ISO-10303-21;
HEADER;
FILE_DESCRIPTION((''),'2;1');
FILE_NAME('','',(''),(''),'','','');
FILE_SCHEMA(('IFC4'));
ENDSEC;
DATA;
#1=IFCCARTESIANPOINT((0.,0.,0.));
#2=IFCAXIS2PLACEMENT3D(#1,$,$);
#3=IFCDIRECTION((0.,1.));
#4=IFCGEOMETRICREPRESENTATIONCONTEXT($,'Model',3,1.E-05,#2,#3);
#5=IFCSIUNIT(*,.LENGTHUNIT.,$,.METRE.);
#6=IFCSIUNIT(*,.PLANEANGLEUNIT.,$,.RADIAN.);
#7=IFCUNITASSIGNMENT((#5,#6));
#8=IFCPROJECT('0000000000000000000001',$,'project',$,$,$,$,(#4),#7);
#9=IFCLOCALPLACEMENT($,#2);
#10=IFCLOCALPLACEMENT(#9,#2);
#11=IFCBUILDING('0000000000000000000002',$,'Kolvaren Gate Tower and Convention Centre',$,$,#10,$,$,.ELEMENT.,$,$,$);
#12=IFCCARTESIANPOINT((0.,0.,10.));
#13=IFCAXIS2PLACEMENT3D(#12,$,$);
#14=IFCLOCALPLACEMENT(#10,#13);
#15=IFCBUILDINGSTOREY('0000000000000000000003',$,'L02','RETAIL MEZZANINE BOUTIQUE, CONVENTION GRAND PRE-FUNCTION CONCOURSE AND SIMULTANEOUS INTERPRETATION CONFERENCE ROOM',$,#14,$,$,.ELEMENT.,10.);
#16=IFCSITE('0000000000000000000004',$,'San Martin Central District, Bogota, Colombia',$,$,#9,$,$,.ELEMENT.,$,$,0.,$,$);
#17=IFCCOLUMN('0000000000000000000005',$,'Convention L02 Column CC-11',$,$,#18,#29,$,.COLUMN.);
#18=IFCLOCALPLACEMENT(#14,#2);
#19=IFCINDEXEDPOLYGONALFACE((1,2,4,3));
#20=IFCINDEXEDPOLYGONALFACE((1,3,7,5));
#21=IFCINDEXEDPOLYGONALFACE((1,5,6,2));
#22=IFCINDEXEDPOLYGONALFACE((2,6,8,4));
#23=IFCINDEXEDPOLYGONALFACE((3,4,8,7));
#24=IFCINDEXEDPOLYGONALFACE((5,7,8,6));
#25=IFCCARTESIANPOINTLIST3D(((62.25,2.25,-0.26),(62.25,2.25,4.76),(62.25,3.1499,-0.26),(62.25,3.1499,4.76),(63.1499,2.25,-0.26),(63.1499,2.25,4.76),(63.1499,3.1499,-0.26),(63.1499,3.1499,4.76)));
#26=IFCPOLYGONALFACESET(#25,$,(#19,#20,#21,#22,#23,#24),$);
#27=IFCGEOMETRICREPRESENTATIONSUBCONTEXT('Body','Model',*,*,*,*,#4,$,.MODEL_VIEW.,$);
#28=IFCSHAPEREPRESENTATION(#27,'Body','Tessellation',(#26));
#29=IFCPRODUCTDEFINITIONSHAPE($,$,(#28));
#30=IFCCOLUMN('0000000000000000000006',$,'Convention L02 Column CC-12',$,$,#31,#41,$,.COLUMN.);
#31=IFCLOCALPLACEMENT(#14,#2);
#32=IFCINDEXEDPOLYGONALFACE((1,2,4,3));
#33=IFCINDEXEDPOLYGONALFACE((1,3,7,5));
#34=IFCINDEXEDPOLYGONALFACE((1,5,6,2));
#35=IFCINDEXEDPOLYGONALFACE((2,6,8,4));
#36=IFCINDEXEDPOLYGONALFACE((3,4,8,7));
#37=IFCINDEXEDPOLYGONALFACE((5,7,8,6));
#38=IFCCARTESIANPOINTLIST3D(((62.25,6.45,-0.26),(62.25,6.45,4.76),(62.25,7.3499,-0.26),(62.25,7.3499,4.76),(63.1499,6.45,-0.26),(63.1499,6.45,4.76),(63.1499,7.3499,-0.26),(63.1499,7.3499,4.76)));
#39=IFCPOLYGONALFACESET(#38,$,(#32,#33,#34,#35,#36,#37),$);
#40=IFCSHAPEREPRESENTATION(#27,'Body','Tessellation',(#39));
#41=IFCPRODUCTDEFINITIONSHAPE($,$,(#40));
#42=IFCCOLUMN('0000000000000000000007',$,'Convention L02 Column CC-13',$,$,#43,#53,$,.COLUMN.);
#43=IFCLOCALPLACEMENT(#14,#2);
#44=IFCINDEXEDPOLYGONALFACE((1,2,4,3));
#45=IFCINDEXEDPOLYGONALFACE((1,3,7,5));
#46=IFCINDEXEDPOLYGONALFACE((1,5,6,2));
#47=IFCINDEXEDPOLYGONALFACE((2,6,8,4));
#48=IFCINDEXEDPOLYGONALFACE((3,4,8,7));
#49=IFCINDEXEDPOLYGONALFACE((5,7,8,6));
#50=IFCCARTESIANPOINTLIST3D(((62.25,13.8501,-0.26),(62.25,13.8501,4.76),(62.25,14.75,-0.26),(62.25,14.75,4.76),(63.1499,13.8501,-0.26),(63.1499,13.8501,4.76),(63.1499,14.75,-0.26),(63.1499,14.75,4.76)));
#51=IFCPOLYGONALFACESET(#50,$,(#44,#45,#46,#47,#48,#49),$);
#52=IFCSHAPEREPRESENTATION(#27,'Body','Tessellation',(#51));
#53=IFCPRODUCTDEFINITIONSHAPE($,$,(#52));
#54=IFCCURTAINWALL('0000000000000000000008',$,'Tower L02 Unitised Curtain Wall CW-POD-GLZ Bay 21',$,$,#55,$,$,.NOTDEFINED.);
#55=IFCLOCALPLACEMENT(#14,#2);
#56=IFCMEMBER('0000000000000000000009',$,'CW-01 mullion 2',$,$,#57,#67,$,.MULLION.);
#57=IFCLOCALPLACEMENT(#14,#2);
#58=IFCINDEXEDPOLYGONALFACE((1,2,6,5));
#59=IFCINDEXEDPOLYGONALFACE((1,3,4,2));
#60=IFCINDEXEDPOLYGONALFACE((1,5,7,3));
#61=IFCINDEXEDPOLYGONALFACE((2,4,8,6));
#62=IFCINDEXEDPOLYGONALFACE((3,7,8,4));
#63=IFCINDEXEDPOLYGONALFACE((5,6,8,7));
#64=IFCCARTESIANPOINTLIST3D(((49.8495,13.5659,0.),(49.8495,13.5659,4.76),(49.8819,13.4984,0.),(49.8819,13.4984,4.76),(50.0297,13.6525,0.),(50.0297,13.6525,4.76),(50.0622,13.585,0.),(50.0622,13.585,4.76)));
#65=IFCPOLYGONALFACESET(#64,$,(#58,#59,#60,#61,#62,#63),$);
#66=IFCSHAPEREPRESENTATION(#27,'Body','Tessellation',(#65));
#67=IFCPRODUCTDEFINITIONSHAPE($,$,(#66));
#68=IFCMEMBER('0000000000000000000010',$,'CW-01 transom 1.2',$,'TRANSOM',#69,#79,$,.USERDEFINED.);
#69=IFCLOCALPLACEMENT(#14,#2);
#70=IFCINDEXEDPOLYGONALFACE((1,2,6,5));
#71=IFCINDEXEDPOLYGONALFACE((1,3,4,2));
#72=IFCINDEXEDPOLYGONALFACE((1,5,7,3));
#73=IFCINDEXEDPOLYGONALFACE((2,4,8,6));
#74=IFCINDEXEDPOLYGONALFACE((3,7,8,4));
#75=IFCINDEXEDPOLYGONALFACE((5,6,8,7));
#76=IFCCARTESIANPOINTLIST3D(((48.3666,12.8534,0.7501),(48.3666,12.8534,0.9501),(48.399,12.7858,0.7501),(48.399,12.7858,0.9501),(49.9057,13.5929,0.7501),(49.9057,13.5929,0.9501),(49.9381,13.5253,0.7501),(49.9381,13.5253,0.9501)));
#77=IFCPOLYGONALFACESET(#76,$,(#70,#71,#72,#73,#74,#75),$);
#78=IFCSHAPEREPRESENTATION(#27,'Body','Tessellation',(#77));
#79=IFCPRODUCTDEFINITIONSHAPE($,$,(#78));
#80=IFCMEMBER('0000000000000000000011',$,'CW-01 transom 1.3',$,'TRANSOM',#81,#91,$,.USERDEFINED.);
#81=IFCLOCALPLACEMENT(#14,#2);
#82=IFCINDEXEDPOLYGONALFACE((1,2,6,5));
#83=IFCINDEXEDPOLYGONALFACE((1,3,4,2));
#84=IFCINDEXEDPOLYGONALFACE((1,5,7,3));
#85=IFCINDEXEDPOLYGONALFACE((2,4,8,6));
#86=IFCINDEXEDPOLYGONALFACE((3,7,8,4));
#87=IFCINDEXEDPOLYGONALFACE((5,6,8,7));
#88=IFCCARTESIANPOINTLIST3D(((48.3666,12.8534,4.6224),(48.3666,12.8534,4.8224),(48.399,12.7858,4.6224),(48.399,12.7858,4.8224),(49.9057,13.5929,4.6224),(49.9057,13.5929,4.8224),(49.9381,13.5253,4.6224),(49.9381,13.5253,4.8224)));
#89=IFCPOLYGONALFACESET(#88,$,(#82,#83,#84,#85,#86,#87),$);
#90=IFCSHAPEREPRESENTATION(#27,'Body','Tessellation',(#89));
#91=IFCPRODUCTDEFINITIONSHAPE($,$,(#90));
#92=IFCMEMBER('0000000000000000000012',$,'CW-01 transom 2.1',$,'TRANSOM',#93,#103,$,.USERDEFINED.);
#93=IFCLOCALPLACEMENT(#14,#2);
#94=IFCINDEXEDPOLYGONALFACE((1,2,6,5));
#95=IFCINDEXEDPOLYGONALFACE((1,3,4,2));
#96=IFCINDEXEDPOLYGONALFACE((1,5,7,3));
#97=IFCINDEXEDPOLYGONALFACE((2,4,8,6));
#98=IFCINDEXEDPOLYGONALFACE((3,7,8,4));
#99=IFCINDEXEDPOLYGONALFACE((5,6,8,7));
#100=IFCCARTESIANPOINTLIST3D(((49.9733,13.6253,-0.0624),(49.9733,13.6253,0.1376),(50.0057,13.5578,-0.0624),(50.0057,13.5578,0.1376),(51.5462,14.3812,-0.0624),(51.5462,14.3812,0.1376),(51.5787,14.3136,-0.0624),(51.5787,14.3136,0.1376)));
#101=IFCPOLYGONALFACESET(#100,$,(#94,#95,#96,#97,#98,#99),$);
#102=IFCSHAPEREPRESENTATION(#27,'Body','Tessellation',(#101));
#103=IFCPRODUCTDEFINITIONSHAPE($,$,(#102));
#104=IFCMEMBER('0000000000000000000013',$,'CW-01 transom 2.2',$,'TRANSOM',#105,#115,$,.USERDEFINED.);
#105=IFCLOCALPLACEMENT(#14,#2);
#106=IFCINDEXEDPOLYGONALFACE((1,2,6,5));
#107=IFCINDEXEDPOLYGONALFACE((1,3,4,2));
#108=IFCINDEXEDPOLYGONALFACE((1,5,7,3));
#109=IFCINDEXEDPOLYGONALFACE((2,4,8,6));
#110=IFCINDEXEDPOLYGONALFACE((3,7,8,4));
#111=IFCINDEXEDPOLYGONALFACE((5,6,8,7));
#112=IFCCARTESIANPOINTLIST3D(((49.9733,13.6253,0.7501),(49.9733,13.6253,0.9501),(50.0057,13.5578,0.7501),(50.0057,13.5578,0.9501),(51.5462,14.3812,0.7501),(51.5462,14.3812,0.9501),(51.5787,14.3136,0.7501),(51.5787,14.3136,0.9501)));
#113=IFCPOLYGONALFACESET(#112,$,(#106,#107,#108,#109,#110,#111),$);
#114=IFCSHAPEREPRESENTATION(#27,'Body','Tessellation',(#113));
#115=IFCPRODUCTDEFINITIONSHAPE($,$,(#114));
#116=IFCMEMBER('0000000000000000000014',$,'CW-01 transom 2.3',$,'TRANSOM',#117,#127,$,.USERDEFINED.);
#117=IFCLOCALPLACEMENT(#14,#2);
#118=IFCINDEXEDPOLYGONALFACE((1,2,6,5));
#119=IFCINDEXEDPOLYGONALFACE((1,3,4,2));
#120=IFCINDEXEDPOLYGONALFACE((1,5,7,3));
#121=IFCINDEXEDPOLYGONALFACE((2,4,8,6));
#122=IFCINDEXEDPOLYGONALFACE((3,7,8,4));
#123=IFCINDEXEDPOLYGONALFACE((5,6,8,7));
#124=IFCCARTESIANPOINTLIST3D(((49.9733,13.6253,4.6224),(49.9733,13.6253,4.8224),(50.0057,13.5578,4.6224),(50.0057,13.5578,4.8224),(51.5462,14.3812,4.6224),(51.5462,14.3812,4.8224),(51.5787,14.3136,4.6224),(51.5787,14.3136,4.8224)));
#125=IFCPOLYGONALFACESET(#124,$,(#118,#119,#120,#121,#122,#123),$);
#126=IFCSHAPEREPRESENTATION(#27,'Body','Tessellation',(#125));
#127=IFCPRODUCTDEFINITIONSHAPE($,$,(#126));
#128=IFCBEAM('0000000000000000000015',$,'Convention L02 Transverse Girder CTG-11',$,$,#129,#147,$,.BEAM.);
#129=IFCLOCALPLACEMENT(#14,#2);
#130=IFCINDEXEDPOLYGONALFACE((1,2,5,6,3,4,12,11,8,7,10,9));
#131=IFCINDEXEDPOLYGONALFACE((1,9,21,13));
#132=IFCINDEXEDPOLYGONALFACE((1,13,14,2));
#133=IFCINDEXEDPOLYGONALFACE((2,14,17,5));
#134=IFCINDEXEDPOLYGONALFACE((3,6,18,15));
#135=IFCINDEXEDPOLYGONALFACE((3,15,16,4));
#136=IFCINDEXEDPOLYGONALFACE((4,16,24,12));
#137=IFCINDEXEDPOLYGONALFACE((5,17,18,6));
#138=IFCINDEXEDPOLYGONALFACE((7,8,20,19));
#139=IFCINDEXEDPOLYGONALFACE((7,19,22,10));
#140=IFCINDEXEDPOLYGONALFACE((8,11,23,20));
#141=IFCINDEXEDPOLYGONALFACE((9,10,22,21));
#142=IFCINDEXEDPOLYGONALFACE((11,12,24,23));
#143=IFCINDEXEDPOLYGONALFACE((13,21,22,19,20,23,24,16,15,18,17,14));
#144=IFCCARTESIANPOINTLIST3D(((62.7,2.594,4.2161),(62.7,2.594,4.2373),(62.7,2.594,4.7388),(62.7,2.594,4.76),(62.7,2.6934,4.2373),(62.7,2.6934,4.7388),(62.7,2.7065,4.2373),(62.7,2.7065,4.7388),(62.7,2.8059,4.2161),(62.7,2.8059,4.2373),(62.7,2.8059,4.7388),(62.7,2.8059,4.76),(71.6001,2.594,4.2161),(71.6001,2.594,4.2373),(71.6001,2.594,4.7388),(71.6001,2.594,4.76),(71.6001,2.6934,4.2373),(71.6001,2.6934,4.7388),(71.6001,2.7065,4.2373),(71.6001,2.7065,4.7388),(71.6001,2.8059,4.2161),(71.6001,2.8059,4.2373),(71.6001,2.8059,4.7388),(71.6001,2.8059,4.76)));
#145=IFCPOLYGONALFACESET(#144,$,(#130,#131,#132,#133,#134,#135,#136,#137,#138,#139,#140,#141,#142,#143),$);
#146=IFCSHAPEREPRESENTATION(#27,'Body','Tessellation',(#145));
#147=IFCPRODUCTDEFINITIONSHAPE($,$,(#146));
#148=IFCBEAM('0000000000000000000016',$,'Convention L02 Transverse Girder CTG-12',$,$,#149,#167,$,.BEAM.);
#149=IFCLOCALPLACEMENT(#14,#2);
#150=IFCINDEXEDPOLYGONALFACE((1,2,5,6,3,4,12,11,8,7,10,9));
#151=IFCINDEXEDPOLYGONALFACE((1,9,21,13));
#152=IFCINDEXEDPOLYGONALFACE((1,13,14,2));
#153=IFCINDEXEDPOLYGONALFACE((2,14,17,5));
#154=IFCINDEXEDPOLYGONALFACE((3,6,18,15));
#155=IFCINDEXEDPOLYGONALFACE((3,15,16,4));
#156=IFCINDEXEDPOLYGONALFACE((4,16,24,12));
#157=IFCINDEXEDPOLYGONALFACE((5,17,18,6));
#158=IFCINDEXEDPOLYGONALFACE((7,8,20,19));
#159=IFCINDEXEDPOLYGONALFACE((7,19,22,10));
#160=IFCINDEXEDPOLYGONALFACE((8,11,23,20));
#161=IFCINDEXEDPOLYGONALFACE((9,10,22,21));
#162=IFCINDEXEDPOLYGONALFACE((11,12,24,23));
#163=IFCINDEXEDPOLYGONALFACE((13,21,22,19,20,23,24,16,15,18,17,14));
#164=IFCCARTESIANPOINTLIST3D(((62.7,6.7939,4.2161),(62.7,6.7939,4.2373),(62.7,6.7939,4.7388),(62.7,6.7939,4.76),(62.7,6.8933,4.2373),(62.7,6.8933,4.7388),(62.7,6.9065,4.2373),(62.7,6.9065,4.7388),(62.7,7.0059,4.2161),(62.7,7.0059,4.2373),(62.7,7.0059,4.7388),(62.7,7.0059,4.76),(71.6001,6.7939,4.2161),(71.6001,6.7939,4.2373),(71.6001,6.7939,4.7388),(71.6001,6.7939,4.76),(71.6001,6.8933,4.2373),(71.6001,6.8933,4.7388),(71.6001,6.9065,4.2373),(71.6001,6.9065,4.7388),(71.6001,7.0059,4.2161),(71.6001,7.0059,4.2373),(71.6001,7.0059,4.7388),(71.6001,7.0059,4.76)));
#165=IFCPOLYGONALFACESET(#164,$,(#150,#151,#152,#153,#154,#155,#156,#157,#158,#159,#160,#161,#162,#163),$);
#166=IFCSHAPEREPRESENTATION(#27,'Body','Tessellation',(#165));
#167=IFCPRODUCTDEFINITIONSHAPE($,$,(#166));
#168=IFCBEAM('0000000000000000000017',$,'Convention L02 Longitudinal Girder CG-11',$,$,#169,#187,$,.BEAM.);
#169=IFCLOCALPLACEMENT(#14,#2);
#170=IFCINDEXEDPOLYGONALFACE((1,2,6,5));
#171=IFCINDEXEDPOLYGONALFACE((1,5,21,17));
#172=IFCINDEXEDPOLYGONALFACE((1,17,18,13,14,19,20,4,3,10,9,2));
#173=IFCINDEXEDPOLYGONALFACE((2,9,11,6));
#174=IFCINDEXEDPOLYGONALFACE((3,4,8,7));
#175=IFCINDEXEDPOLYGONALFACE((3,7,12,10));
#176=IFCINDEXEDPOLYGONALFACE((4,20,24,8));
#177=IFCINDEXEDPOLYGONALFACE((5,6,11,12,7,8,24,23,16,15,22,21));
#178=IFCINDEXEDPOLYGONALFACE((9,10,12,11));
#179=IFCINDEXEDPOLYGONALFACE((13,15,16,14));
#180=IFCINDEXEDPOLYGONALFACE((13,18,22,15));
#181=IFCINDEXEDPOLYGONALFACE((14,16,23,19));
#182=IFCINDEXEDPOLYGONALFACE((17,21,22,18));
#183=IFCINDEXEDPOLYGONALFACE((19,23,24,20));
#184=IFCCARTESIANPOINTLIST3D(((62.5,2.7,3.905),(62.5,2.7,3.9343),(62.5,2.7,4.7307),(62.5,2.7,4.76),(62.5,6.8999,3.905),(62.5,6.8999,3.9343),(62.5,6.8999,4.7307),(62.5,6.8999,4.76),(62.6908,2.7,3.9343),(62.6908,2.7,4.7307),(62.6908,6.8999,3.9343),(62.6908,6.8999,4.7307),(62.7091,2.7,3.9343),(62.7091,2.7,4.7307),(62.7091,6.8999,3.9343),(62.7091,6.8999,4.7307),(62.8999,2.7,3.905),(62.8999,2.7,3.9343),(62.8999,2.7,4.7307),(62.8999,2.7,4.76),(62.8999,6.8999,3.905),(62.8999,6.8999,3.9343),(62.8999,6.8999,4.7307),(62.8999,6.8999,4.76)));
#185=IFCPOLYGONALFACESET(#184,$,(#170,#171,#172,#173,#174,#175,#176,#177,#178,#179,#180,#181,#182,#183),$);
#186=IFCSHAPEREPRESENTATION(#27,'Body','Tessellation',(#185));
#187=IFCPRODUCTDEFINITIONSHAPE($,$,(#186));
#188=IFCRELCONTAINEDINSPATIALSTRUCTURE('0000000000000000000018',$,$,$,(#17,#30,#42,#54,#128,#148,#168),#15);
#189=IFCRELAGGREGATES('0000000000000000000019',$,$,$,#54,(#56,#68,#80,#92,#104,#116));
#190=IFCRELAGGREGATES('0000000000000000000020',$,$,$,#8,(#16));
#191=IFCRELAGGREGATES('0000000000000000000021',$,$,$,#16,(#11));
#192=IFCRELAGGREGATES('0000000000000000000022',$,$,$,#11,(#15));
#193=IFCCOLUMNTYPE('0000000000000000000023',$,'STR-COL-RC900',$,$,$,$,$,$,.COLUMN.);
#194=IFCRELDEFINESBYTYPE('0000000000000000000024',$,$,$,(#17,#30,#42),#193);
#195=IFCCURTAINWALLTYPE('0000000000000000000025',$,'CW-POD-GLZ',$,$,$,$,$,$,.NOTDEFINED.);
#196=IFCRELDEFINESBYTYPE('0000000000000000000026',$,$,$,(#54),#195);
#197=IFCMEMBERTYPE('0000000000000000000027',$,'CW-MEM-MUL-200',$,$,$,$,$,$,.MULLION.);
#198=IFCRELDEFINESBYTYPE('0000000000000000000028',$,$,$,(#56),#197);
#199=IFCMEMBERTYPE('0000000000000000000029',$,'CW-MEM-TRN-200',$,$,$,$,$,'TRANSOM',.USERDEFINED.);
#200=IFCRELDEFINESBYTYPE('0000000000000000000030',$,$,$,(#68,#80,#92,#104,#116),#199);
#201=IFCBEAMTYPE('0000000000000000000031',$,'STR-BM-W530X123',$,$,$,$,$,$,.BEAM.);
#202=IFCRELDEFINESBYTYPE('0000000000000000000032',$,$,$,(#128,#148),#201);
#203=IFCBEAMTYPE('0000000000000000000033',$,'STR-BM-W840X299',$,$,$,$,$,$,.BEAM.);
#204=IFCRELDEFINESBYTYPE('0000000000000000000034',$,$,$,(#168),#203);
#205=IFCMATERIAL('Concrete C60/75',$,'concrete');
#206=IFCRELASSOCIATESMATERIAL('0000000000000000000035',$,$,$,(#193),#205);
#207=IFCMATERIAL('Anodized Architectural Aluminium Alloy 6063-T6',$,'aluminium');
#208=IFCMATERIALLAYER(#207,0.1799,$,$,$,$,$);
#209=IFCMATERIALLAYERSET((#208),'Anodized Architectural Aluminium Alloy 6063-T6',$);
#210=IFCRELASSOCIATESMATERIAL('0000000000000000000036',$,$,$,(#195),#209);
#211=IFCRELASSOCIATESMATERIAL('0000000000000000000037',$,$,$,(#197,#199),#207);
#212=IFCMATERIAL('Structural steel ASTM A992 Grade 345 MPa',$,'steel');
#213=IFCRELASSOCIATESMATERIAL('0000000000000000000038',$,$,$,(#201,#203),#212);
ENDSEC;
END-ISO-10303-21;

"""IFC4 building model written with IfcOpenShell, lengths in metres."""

from ifc_helpers import new_model, si_unit, direction, frame, origin, origin_2d, place, context, subcontext, project, spatial, rectangle, i_section, extrude, material, layer, layer_set, material_profile, profile_set, type_object, element, aggregate, save


model = new_model("IFC4")

# Units and contexts
model_context = context("Model", 3, precision=1e-05, world=origin(), true_north=direction((0.0, 1.0)))
body_context = subcontext(model_context, "Body", "Model", "MODEL_VIEW")
ifc_project = project(units=[si_unit("LENGTHUNIT", "METRE"), si_unit("PLANEANGLEUNIT", "RADIAN")], contexts=[model_context])

# Site, building, storey
site_placement = place(None, origin())
site = spatial("IfcSite", under=ifc_project, at=site_placement, Name="San Martin Central District, Bogota, Colombia", CompositionType="ELEMENT", RefElevation=0.0)
building_placement = place(site_placement, origin())
building = spatial("IfcBuilding", under=site, at=building_placement, Name="Kolvaren Gate Tower and Convention Centre", CompositionType="ELEMENT")
storey_placement = place(building_placement, frame((0.0, 0.0, 10.0)))
storey = spatial("IfcBuildingStorey", under=building, at=storey_placement, Name="L02", Description="RETAIL MEZZANINE BOUTIQUE, CONVENTION GRAND PRE-FUNCTION CONCOURSE AND SIMULTANEOUS INTERPRETATION CONFERENCE ROOM", CompositionType="ELEMENT", Elevation=10.0)

# Columns
ifc_material_1 = material(Name="Concrete C60/75", Category="concrete")
ifc_material_profile_1 = material_profile(ifc_material_1, rectangle(XDim=0.8999, YDim=0.8999, at=origin_2d()), Name="RC-COL-900X900")
ifc_profile_set_1 = profile_set([ifc_material_profile_1], Name="Concrete C60/75")
column_type = type_object("IfcColumnType", Name="STR-COL-RC900", PredefinedType="COLUMN", material=ifc_profile_set_1)
for number, where, z_axis, x_axis, name in (
    (1, (62.7, 2.7, -0.26), (0.0, 0.0, 1.0), (1.0, 0.0, 0.0), "Convention L02 Column CC-11"),
    (2, (62.7, 6.8999, -0.26), (0.0, 0.0, 1.0), (1.0, 0.0, 0.0), "Convention L02 Column CC-12"),
    (3, (62.7, 14.3, -0.26), (0.0, 0.0, 1.0), (1.0, 0.0, 0.0), "Convention L02 Column CC-13"),
):
    element("IfcColumn", number, at=place(storey_placement, frame(where, z_axis=z_axis, x_axis=x_axis)), inside=storey, type_object=column_type, Name=name, PredefinedType="COLUMN", context=body_context, shape_type="SweptSolid", body=[
        extrude(rectangle(XDim=0.8999, YDim=0.8999, at=origin_2d()), origin(), (0.0, 0.0, 1.0), 5.02),
    ])

# Curtain wall, members
ifc_material_2 = material(Name="Anodized Architectural Aluminium Alloy 6063-T6", Category="aluminium")
ifc_layer_1 = layer(ifc_material_2, 0.1799)
ifc_layer_set_1 = layer_set([ifc_layer_1], Name="Anodized Architectural Aluminium Alloy 6063-T6")
curtain_wall_type = type_object("IfcCurtainWallType", Name="CW-POD-GLZ", PredefinedType="NOTDEFINED", material=ifc_layer_set_1)
curtain_wall_placement = place(storey_placement, origin())
curtain_wall = element("IfcCurtainWall", 4, at=curtain_wall_placement, inside=storey, type_object=curtain_wall_type, Name="Tower L02 Unitised Curtain Wall CW-POD-GLZ Bay 21", PredefinedType="NOTDEFINED")
ifc_material_profile_2 = material_profile(ifc_material_2, rectangle(XDim=0.075, YDim=0.2, at=origin_2d()), Name="CW-MEM-MUL-200")
ifc_profile_set_2 = profile_set([ifc_material_profile_2], Name="Anodized Architectural Aluminium Alloy 6063-T6")
member_type_1 = type_object("IfcMemberType", Name="CW-MEM-MUL-200", PredefinedType="MULLION", material=ifc_profile_set_2)
member_1_placement = place(storey_placement, frame((49.9558, 13.5754, 0.0), z_axis=(0.0, 0.0, 1.0), x_axis=(-0.433063, 0.901364, 0.0)))
member_1 = element("IfcMember", 5, at=member_1_placement, type_object=member_type_1, Name="CW-01 mullion 2", PredefinedType="MULLION", context=body_context, shape_type="SweptSolid", body=[
    extrude(rectangle(XDim=0.075, YDim=0.2, at=origin_2d()), origin(), (0.0, 0.0, 1.0), 4.76),
])
ifc_material_profile_3 = material_profile(ifc_material_2, rectangle(XDim=0.075, YDim=0.2, at=origin_2d()), Name="CW-MEM-TRN-200")
ifc_profile_set_3 = profile_set([ifc_material_profile_3], Name="Anodized Architectural Aluminium Alloy 6063-T6")
member_type_2 = type_object("IfcMemberType", Name="CW-MEM-TRN-200", ElementType="TRANSOM", PredefinedType="USERDEFINED", material=ifc_profile_set_3)
member_2_placement = place(storey_placement, frame((48.3828, 12.8196, 0.8501), z_axis=(0.901351, 0.433089, 0.0), x_axis=(-0.433089, 0.901351, 0.0)))
member_2 = element("IfcMember", 6, at=member_2_placement, type_object=member_type_2, Name="CW-01 transom 1.2", ObjectType="TRANSOM", PredefinedType="USERDEFINED", context=body_context, shape_type="SweptSolid", body=[
    extrude(rectangle(XDim=0.075, YDim=0.2, at=origin_2d()), origin(), (0.0, 0.0, 1.0), 1.7075),
])
member_3_placement = place(storey_placement, frame((48.3828, 12.8196, 4.7224), z_axis=(0.901351, 0.433089, 0.0), x_axis=(-0.433089, 0.901351, 0.0)))
member_3 = element("IfcMember", 7, at=member_3_placement, type_object=member_type_2, Name="CW-01 transom 1.3", ObjectType="TRANSOM", PredefinedType="USERDEFINED", context=body_context, shape_type="SweptSolid", body=[
    extrude(rectangle(XDim=0.075, YDim=0.2, at=origin_2d()), origin(), (0.0, 0.0, 1.0), 1.7075),
])
member_4_placement = place(storey_placement, frame((49.9895, 13.5916, 0.0376), z_axis=(0.90134, 0.433113, 0.0), x_axis=(-0.433113, 0.90134, 0.0)))
member_4 = element("IfcMember", 8, at=member_4_placement, type_object=member_type_2, Name="CW-01 transom 2.1", ObjectType="TRANSOM", PredefinedType="USERDEFINED", context=body_context, shape_type="SweptSolid", body=[
    extrude(rectangle(XDim=0.075, YDim=0.2, at=origin_2d()), origin(), (0.0, 0.0, 1.0), 1.7451),
])
member_5_placement = place(storey_placement, frame((49.9895, 13.5916, 0.8501), z_axis=(0.90134, 0.433113, 0.0), x_axis=(-0.433113, 0.90134, 0.0)))
member_5 = element("IfcMember", 9, at=member_5_placement, type_object=member_type_2, Name="CW-01 transom 2.2", ObjectType="TRANSOM", PredefinedType="USERDEFINED", context=body_context, shape_type="SweptSolid", body=[
    extrude(rectangle(XDim=0.075, YDim=0.2, at=origin_2d()), origin(), (0.0, 0.0, 1.0), 1.7451),
])
member_6_placement = place(storey_placement, frame((49.9895, 13.5916, 4.7224), z_axis=(0.90134, 0.433113, 0.0), x_axis=(-0.433113, 0.90134, 0.0)))
member_6 = element("IfcMember", 10, at=member_6_placement, type_object=member_type_2, Name="CW-01 transom 2.3", ObjectType="TRANSOM", PredefinedType="USERDEFINED", context=body_context, shape_type="SweptSolid", body=[
    extrude(rectangle(XDim=0.075, YDim=0.2, at=origin_2d()), origin(), (0.0, 0.0, 1.0), 1.7451),
])

# Beams
ifc_material_3 = material(Name="Structural steel ASTM A992 Grade 345 MPa", Category="steel")
ifc_material_profile_4 = material_profile(ifc_material_3, i_section(OverallWidth=0.2119, OverallDepth=0.5439, WebThickness=0.0132, FlangeThickness=0.0212, at=origin_2d()), Name="W530X123")
ifc_profile_set_4 = profile_set([ifc_material_profile_4], Name="Structural steel ASTM A992 Grade 345 MPa")
beam_type_1 = type_object("IfcBeamType", Name="STR-BM-W530X123", PredefinedType="BEAM", material=ifc_profile_set_4)
for number, where, z_axis, x_axis, name in (
    (11, (62.7, 2.7, 4.488), (1.0, 0.0, 0.0), (0.0, 1.0, 0.0), "Convention L02 Transverse Girder CTG-11"),
    (12, (62.7, 6.8999, 4.488), (1.0, 0.0, 0.0), (0.0, 1.0, 0.0), "Convention L02 Transverse Girder CTG-12"),
):
    element("IfcBeam", number, at=place(storey_placement, frame(where, z_axis=z_axis, x_axis=x_axis)), inside=storey, type_object=beam_type_1, Name=name, PredefinedType="BEAM", context=body_context, shape_type="SweptSolid", body=[
        extrude(i_section(OverallWidth=0.2119, OverallDepth=0.5439, WebThickness=0.0132, FlangeThickness=0.0212, at=origin_2d()), origin(), (0.0, 0.0, 1.0), 8.9001),
    ])
ifc_material_profile_5 = material_profile(ifc_material_3, i_section(OverallWidth=0.3999, OverallDepth=0.855, WebThickness=0.0183, FlangeThickness=0.0293, at=origin_2d()), Name="W840X299")
ifc_profile_set_5 = profile_set([ifc_material_profile_5], Name="Structural steel ASTM A992 Grade 345 MPa")
beam_type_2 = type_object("IfcBeamType", Name="STR-BM-W840X299", PredefinedType="BEAM", material=ifc_profile_set_5)
beam_1_placement = place(storey_placement, frame((62.7, 2.7, 4.3325), z_axis=(0.0, 1.0, 0.0), x_axis=(-1.0, 0.0, 0.0)))
element("IfcBeam", 13, at=beam_1_placement, inside=storey, type_object=beam_type_2, Name="Convention L02 Longitudinal Girder CG-11", PredefinedType="BEAM", context=body_context, shape_type="SweptSolid", body=[
    extrude(i_section(OverallWidth=0.3999, OverallDepth=0.855, WebThickness=0.0183, FlangeThickness=0.0293, at=origin_2d()), origin(), (0.0, 0.0, 1.0), 4.2),
])

aggregate(curtain_wall, [member_1, member_2, member_3, member_4, member_5, member_6])

save(model, "model.ifc")
